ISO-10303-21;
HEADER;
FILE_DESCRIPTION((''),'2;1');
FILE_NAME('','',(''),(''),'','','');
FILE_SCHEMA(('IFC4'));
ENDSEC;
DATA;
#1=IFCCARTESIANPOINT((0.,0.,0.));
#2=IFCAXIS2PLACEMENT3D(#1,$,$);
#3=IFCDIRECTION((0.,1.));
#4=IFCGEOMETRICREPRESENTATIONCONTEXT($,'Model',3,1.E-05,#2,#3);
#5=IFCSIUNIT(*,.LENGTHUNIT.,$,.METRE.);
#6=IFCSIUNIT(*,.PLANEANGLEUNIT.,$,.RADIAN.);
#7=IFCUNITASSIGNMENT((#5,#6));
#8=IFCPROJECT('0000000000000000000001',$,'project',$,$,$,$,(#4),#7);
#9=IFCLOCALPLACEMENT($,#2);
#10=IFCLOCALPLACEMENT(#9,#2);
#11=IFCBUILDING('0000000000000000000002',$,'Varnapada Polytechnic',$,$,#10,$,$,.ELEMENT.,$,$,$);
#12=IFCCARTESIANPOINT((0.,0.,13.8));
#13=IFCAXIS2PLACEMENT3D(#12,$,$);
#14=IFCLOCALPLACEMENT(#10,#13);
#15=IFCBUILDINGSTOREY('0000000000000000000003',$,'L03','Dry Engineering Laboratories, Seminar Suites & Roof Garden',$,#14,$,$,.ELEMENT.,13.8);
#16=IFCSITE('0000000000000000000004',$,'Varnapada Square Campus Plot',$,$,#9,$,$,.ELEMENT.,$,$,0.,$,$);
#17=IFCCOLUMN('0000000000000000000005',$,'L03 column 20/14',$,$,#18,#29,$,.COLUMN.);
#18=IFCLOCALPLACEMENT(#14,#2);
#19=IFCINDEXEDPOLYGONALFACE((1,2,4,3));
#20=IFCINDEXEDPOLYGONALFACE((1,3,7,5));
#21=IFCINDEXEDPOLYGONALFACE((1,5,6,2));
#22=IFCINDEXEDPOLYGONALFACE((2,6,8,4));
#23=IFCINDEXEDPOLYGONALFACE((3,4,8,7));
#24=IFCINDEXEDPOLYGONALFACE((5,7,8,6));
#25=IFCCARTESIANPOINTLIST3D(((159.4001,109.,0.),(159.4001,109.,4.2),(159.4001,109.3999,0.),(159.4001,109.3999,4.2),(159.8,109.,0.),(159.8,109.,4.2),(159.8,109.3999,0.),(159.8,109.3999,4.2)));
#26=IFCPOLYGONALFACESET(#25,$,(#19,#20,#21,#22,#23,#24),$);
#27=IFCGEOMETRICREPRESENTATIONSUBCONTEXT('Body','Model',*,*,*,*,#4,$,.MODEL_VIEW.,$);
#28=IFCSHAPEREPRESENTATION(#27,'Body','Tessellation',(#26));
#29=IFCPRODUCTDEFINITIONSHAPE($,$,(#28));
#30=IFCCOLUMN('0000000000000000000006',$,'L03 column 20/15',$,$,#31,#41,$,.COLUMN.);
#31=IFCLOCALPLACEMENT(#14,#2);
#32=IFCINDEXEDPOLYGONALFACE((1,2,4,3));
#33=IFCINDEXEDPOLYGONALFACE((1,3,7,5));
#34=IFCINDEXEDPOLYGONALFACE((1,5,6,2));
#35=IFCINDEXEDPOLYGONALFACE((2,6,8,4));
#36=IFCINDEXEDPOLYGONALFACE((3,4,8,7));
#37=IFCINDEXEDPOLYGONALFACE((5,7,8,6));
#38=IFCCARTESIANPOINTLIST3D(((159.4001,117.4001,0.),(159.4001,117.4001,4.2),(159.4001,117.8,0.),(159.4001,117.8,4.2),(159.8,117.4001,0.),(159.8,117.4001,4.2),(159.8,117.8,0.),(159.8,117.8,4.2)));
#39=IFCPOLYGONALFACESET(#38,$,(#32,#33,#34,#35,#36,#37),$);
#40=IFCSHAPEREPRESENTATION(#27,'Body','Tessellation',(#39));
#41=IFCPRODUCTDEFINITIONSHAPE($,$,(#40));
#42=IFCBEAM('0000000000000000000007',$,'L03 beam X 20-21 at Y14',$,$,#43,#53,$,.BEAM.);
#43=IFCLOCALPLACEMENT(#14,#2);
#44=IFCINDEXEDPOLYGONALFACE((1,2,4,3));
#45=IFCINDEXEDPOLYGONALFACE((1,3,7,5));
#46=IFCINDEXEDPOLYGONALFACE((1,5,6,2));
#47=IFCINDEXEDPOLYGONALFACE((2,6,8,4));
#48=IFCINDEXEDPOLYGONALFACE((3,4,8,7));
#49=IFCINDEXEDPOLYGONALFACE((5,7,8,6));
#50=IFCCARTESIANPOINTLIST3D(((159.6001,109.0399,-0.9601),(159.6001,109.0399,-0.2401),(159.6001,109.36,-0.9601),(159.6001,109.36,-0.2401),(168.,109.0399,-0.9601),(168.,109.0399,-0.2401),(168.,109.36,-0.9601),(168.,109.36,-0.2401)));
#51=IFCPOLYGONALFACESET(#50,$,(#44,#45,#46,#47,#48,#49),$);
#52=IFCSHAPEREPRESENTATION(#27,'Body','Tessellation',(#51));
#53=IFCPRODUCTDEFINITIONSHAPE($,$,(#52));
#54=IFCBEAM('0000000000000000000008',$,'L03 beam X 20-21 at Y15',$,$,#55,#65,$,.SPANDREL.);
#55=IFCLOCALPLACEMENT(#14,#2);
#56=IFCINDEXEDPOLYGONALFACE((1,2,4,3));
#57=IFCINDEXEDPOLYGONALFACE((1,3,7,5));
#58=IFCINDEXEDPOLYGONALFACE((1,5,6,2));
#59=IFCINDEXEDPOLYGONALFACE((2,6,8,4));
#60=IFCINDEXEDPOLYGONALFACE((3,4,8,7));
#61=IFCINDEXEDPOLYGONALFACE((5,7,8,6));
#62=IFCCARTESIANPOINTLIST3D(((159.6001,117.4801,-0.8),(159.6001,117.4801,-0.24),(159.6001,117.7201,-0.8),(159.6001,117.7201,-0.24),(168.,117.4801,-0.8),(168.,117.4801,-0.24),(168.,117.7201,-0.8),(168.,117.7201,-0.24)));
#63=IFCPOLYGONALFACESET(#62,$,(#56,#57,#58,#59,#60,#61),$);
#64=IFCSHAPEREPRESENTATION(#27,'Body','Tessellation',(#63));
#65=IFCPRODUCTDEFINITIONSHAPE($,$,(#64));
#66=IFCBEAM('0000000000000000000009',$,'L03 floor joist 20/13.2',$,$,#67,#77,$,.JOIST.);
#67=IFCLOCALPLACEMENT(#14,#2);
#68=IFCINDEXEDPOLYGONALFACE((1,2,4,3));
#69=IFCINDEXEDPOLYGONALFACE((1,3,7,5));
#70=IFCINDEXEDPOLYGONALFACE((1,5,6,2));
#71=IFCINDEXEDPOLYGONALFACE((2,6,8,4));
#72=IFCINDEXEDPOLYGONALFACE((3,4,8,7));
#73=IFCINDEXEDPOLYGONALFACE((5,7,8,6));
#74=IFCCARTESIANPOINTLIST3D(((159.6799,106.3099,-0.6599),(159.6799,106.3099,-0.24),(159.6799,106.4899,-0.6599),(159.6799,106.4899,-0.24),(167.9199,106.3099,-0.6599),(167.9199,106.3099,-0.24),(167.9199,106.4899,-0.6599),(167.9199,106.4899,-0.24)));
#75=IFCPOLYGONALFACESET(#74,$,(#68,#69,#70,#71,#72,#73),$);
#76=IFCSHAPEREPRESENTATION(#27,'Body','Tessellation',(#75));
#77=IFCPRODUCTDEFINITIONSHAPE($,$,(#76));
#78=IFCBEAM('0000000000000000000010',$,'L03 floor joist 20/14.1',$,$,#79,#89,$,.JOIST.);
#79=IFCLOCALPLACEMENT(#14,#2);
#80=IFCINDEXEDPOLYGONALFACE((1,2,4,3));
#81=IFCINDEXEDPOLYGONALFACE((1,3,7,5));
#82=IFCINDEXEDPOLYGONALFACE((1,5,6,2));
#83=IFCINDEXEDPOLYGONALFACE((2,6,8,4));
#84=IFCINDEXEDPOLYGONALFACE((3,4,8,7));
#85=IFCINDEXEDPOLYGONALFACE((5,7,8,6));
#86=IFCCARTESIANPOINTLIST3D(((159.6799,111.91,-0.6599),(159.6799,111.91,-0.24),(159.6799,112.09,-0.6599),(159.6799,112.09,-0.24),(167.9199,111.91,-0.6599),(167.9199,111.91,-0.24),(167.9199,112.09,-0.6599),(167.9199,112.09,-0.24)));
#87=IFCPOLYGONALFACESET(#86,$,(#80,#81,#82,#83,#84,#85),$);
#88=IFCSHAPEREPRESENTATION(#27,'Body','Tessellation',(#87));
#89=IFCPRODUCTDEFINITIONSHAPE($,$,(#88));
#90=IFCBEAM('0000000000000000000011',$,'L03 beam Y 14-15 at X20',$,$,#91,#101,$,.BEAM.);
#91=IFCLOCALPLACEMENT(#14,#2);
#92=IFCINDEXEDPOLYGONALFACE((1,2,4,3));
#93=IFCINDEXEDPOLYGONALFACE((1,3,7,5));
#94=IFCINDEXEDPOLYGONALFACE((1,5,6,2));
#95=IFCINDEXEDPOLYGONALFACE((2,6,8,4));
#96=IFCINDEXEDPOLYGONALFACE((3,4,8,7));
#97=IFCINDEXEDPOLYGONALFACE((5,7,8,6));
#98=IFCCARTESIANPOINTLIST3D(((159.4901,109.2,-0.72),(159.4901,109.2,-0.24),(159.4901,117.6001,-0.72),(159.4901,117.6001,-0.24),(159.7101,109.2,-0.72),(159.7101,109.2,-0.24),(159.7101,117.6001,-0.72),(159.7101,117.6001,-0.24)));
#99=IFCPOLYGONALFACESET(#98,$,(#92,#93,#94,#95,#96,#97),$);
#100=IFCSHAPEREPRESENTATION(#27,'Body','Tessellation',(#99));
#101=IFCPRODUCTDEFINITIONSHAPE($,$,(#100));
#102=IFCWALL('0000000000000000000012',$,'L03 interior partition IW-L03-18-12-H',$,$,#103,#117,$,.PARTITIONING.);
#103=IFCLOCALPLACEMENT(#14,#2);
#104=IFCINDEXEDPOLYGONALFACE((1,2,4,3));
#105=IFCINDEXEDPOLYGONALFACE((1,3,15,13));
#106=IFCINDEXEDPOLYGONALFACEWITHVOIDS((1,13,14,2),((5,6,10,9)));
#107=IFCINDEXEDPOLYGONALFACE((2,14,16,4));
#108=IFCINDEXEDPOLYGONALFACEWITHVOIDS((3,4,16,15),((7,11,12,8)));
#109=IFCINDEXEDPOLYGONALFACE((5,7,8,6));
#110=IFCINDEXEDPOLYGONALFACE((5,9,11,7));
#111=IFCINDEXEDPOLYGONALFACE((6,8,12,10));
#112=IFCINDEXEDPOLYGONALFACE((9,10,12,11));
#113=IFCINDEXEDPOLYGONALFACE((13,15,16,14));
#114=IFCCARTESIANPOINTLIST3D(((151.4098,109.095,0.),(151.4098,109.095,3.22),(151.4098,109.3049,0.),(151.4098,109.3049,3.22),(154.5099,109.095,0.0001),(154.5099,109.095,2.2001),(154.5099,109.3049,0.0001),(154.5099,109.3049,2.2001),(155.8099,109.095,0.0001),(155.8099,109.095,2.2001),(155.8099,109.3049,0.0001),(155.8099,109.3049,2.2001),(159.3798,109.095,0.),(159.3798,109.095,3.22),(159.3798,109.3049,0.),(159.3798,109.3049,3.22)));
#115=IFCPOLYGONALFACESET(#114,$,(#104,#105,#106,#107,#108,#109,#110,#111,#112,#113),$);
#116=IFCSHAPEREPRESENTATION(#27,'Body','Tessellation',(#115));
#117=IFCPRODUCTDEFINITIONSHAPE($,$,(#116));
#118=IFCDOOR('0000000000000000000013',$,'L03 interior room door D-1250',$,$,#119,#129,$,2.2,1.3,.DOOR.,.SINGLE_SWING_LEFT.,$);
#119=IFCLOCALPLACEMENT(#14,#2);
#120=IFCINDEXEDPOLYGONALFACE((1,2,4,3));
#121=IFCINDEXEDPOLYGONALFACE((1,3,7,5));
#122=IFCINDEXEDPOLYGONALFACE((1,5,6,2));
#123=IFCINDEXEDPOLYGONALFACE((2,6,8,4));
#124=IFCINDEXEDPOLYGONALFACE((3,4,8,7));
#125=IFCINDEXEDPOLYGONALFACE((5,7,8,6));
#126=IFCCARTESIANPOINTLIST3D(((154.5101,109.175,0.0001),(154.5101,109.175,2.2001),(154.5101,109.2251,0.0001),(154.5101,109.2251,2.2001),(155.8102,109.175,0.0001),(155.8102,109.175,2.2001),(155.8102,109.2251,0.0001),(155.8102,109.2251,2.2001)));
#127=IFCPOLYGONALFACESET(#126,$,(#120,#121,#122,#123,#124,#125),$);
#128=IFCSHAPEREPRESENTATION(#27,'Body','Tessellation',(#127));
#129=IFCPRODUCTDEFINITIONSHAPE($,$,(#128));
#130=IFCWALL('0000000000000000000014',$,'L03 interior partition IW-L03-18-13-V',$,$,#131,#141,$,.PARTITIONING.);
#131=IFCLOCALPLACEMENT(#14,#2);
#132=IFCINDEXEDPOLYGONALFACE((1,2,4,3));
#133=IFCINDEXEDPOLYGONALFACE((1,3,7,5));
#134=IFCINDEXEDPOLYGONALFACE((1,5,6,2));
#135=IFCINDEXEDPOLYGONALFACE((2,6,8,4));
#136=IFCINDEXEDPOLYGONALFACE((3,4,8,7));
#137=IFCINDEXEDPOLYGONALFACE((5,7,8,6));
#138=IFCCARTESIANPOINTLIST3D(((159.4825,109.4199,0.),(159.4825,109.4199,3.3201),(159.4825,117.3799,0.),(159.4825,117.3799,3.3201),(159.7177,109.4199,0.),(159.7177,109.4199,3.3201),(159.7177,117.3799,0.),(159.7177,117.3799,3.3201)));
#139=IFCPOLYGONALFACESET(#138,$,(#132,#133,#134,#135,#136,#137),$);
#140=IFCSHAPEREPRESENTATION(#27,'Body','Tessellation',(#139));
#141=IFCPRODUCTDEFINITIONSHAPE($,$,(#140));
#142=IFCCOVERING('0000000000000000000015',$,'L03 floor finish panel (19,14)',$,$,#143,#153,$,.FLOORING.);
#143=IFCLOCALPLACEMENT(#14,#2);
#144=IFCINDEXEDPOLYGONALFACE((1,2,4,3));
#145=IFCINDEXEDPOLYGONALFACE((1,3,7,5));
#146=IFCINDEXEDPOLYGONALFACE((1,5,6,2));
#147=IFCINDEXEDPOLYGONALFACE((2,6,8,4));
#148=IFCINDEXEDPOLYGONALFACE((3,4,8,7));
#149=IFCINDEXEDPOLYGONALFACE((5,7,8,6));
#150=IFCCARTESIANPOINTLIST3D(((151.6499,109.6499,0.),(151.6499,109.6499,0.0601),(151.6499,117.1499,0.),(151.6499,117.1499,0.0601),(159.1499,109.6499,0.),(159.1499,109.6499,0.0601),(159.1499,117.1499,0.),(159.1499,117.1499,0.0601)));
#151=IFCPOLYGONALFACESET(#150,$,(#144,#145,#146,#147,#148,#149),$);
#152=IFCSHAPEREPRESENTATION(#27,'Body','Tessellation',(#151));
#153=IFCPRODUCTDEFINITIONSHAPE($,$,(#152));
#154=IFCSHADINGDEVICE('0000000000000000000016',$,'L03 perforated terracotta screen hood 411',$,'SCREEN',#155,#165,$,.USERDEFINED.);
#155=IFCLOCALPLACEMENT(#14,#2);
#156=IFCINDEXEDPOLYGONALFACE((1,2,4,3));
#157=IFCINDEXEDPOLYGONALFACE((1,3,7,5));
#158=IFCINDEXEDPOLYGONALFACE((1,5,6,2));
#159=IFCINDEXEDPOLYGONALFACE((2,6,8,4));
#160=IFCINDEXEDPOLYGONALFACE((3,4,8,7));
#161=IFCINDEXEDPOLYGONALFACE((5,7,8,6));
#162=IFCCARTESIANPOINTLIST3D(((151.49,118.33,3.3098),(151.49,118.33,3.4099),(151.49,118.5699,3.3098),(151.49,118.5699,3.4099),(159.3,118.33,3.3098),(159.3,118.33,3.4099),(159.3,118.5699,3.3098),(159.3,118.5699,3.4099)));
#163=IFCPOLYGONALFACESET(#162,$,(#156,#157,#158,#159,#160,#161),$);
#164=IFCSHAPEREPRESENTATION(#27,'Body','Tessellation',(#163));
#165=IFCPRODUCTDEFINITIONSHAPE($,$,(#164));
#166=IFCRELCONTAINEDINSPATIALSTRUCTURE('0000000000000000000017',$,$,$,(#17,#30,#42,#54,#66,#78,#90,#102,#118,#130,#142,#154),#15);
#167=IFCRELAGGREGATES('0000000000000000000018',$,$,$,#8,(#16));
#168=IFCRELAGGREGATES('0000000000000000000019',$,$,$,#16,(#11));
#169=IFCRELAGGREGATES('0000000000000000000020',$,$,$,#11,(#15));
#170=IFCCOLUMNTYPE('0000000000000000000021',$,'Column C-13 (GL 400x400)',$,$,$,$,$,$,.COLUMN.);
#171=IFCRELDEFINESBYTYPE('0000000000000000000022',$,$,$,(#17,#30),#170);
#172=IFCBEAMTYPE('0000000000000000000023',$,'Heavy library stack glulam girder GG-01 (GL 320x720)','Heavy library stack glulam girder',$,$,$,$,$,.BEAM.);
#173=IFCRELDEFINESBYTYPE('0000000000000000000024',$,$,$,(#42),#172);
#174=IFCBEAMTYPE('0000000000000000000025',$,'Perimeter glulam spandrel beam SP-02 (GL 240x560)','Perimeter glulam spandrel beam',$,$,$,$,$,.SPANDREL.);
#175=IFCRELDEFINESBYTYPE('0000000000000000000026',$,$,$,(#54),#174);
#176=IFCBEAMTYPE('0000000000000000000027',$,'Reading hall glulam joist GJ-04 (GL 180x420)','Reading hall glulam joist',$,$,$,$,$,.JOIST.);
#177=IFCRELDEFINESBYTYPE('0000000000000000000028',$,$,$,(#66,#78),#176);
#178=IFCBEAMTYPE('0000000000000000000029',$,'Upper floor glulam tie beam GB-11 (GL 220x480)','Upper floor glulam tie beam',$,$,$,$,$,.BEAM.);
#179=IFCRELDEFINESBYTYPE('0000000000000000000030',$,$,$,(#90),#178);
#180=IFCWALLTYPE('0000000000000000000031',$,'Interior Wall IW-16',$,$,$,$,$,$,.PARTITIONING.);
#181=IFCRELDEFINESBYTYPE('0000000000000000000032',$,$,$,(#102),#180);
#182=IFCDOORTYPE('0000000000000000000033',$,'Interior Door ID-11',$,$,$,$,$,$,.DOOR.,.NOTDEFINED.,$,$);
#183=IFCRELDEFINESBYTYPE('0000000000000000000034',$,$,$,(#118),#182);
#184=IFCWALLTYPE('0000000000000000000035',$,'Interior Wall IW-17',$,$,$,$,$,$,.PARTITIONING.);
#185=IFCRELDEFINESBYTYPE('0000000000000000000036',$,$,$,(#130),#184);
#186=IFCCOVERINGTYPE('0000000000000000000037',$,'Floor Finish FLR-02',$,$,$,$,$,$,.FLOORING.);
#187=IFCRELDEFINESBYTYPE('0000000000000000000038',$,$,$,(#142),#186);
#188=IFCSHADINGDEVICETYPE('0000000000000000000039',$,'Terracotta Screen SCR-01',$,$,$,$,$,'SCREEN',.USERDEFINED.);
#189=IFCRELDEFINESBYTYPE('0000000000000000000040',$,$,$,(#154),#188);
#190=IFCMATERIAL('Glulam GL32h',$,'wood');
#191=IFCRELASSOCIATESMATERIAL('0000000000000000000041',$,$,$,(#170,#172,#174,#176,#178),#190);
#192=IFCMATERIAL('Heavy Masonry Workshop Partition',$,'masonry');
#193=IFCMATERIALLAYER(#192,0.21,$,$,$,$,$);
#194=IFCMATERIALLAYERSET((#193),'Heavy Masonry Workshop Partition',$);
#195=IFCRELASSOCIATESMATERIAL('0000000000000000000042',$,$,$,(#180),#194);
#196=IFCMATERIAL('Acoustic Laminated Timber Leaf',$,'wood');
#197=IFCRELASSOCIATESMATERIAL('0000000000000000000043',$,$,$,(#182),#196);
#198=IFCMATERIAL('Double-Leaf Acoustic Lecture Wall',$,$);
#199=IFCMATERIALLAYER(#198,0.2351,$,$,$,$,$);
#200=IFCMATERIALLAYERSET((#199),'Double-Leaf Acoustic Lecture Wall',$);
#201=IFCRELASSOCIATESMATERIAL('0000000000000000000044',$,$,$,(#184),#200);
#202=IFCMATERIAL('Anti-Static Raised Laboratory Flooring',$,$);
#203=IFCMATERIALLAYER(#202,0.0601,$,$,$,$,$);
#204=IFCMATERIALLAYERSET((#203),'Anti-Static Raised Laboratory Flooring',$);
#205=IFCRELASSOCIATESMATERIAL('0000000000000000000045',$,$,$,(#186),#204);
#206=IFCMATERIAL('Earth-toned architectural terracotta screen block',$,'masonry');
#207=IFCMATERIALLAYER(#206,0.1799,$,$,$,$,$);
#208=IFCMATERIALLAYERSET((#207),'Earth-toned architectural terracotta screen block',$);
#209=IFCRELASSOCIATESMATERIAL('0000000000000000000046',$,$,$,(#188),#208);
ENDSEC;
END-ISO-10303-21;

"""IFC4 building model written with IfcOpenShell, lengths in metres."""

from ifc_helpers import new_model, si_unit, direction, frame, frame_2d, origin, origin_2d, place, context, subcontext, project, spatial, rectangle, extrude, material, layer, layer_set, material_profile, profile_set, type_object, element, fill, save


model = new_model("IFC4")

# Units and contexts
model_context = context("Model", 3, precision=1e-05, world=origin(), true_north=direction((0.0, 1.0)))
body_context = subcontext(model_context, "Body", "Model", "MODEL_VIEW")
ifc_project = project(units=[si_unit("LENGTHUNIT", "METRE"), si_unit("PLANEANGLEUNIT", "RADIAN")], contexts=[model_context])

# Site, building, storey
site_placement = place(None, origin())
site = spatial("IfcSite", under=ifc_project, at=site_placement, Name="Varnapada Square Campus Plot", CompositionType="ELEMENT", RefElevation=0.0)
building_placement = place(site_placement, origin())
building = spatial("IfcBuilding", under=site, at=building_placement, Name="Varnapada Polytechnic", CompositionType="ELEMENT")
storey_placement = place(building_placement, frame((0.0, 0.0, 13.8)))
storey = spatial("IfcBuildingStorey", under=building, at=storey_placement, Name="L03", Description="Dry Engineering Laboratories, Seminar Suites & Roof Garden", CompositionType="ELEMENT", Elevation=13.8)

# Columns
ifc_material_1 = material(Name="Glulam GL32h", Category="wood")
ifc_material_profile_1 = material_profile(ifc_material_1, rectangle(XDim=0.3999, YDim=0.3999, at=origin_2d()), Name="GL 400x400")
ifc_profile_set_1 = profile_set([ifc_material_profile_1], Name="Glulam GL32h")
column_type = type_object("IfcColumnType", Name="Column C-13 (GL 400x400)", PredefinedType="COLUMN", material=ifc_profile_set_1)
for number, where, z_axis, x_axis, name in (
    (1, (159.6001, 109.2, 0.0), (0.0, 0.0, 1.0), (1.0, 0.0, 0.0), "L03 column 20/14"),
    (2, (159.6001, 117.6001, 0.0), (0.0, 0.0, 1.0), (1.0, 0.0, 0.0), "L03 column 20/15"),
):
    element("IfcColumn", number, at=place(storey_placement, frame(where, z_axis=z_axis, x_axis=x_axis)), inside=storey, type_object=column_type, Name=name, PredefinedType="COLUMN", context=body_context, shape_type="SweptSolid", body=[
        extrude(rectangle(XDim=0.3999, YDim=0.3999, at=origin_2d()), origin(), (0.0, 0.0, 1.0), 4.2),
    ])

# Beams
ifc_material_profile_2 = material_profile(ifc_material_1, rectangle(XDim=0.3201, YDim=0.72, at=origin_2d()), Name="GL 320x720")
ifc_profile_set_2 = profile_set([ifc_material_profile_2], Name="Glulam GL32h")
beam_type_1 = type_object("IfcBeamType", Name="Heavy library stack glulam girder GG-01 (GL 320x720)", Description="Heavy library stack glulam girder", PredefinedType="BEAM", material=ifc_profile_set_2)
beam_1_placement = place(storey_placement, frame((159.6001, 109.2, -0.6001), z_axis=(1.0, 0.0, 0.0), x_axis=(0.0, 1.0, 0.0)))
element("IfcBeam", 3, at=beam_1_placement, inside=storey, type_object=beam_type_1, Name="L03 beam X 20-21 at Y14", PredefinedType="BEAM", context=body_context, shape_type="SweptSolid", body=[
    extrude(rectangle(XDim=0.3201, YDim=0.72, at=origin_2d()), origin(), (0.0, 0.0, 1.0), 8.3999),
])
ifc_material_profile_3 = material_profile(ifc_material_1, rectangle(XDim=0.24, YDim=0.5601, at=origin_2d()), Name="GL 240x560")
ifc_profile_set_3 = profile_set([ifc_material_profile_3], Name="Glulam GL32h")
beam_type_2 = type_object("IfcBeamType", Name="Perimeter glulam spandrel beam SP-02 (GL 240x560)", Description="Perimeter glulam spandrel beam", PredefinedType="SPANDREL", material=ifc_profile_set_3)
beam_2_placement = place(storey_placement, frame((159.6001, 117.6001, -0.52), z_axis=(1.0, 0.0, 0.0), x_axis=(0.0, 1.0, 0.0)))
element("IfcBeam", 4, at=beam_2_placement, inside=storey, type_object=beam_type_2, Name="L03 beam X 20-21 at Y15", PredefinedType="SPANDREL", context=body_context, shape_type="SweptSolid", body=[
    extrude(rectangle(XDim=0.24, YDim=0.5601, at=origin_2d()), origin(), (0.0, 0.0, 1.0), 8.3999),
])
ifc_material_profile_4 = material_profile(ifc_material_1, rectangle(XDim=0.1799, YDim=0.4199, at=origin_2d()), Name="GL 180x420")
ifc_profile_set_4 = profile_set([ifc_material_profile_4], Name="Glulam GL32h")
beam_type_3 = type_object("IfcBeamType", Name="Reading hall glulam joist GJ-04 (GL 180x420)", Description="Reading hall glulam joist", PredefinedType="JOIST", material=ifc_profile_set_4)
for number, where, z_axis, x_axis, name in (
    (5, (159.6799, 106.3999, -0.45), (1.0, 0.0, 0.0), (0.0, 1.0, 0.0), "L03 floor joist 20/13.2"),
    (6, (159.6799, 112.0, -0.45), (1.0, 0.0, 0.0), (0.0, 1.0, 0.0), "L03 floor joist 20/14.1"),
):
    element("IfcBeam", number, at=place(storey_placement, frame(where, z_axis=z_axis, x_axis=x_axis)), inside=storey, type_object=beam_type_3, Name=name, PredefinedType="JOIST", context=body_context, shape_type="SweptSolid", body=[
        extrude(rectangle(XDim=0.1799, YDim=0.4199, at=origin_2d()), origin(), (0.0, 0.0, 1.0), 8.24),
    ])
ifc_material_profile_5 = material_profile(ifc_material_1, rectangle(XDim=0.22, YDim=0.48, at=origin_2d()), Name="GL 220x480")
ifc_profile_set_5 = profile_set([ifc_material_profile_5], Name="Glulam GL32h")
beam_type_4 = type_object("IfcBeamType", Name="Upper floor glulam tie beam GB-11 (GL 220x480)", Description="Upper floor glulam tie beam", PredefinedType="BEAM", material=ifc_profile_set_5)
beam_3_placement = place(storey_placement, frame((159.6001, 109.2, -0.48), z_axis=(0.0, 1.0, 0.0), x_axis=(-1.0, 0.0, 0.0)))
element("IfcBeam", 7, at=beam_3_placement, inside=storey, type_object=beam_type_4, Name="L03 beam Y 14-15 at X20", PredefinedType="BEAM", context=body_context, shape_type="SweptSolid", body=[
    extrude(rectangle(XDim=0.22, YDim=0.48, at=origin_2d()), origin(), (0.0, 0.0, 1.0), 8.4001),
])

# Wall, opening, door
ifc_material_2 = material(Name="Heavy Masonry Workshop Partition", Category="masonry")
ifc_layer_1 = layer(ifc_material_2, 0.21)
ifc_layer_set_1 = layer_set([ifc_layer_1], Name="Heavy Masonry Workshop Partition")
wall_type_1 = type_object("IfcWallType", Name="Interior Wall IW-16", PredefinedType="PARTITIONING", material=ifc_layer_set_1)
wall_1_placement = place(storey_placement, frame((151.4099, 109.2, 0.0), z_axis=(0.0, 0.0, 1.0), x_axis=(1.0, 0.0, 0.0)))
wall_1 = element("IfcWall", 8, at=wall_1_placement, inside=storey, type_object=wall_type_1, Name="L03 interior partition IW-L03-18-12-H", PredefinedType="PARTITIONING", context=body_context, shape_type="SweptSolid", body=[
    extrude(rectangle(XDim=7.97, YDim=0.21, at=frame_2d((3.9849, 0.0))), origin(), (0.0, 0.0, 1.0), 3.22),
])
opening_placement = place(wall_1_placement, frame((3.1001, 0.0, 0.0)))
opening = element("IfcOpeningElement", 9, at=opening_placement, cuts=wall_1, PredefinedType="OPENING", context=body_context, shape_type="SweptSolid", body=[
    extrude(rectangle(XDim=1.3, YDim=2.2, at=frame_2d((0.6499, 1.1001))), frame((0.0, 0.115, 0.0), z_axis=(0.0, -1.0, 0.0), x_axis=(1.0, 0.0, 0.0)), (0.0, 0.0, 1.0), 0.23),
])
ifc_material_3 = material(Name="Acoustic Laminated Timber Leaf", Category="wood")
door_type = type_object("IfcDoorType", Name="Interior Door ID-11", OperationType="NOTDEFINED", PredefinedType="DOOR", material=ifc_material_3)
door_placement = place(opening_placement, frame((1.3, 0.0, 0.0), z_axis=(0.0, 0.0, 1.0), x_axis=(-1.0, 0.0, 0.0)))
door = element("IfcDoor", 10, at=door_placement, inside=storey, type_object=door_type, Name="L03 interior room door D-1250", OperationType="SINGLE_SWING_LEFT", OverallHeight=2.2, OverallWidth=1.3, PredefinedType="DOOR", context=body_context, shape_type="SweptSolid", body=[
    extrude(rectangle(XDim=1.3, YDim=2.2, at=frame_2d((0.6499, 1.1001))), frame((0.0, 0.0249, 0.0), z_axis=(0.0, -1.0, 0.0), x_axis=(1.0, 0.0, 0.0)), (0.0, 0.0, 1.0), 0.05),
])
fill(opening, door)

# Wall
ifc_material_4 = material(Name="Double-Leaf Acoustic Lecture Wall")
ifc_layer_2 = layer(ifc_material_4, 0.2351)
ifc_layer_set_2 = layer_set([ifc_layer_2], Name="Double-Leaf Acoustic Lecture Wall")
wall_type_2 = type_object("IfcWallType", Name="Interior Wall IW-17", PredefinedType="PARTITIONING", material=ifc_layer_set_2)
wall_2_placement = place(storey_placement, frame((159.6001, 109.4199, 0.0), z_axis=(0.0, 0.0, 1.0), x_axis=(0.0, 1.0, 0.0)))
element("IfcWall", 11, at=wall_2_placement, inside=storey, type_object=wall_type_2, Name="L03 interior partition IW-L03-18-13-V", PredefinedType="PARTITIONING", context=body_context, shape_type="SweptSolid", body=[
    extrude(rectangle(XDim=7.96, YDim=0.2351, at=frame_2d((3.98, 0.0))), origin(), (0.0, 0.0, 1.0), 3.3201),
])

# Covering
ifc_material_5 = material(Name="Anti-Static Raised Laboratory Flooring")
ifc_layer_3 = layer(ifc_material_5, 0.0601)
ifc_layer_set_3 = layer_set([ifc_layer_3], Name="Anti-Static Raised Laboratory Flooring")
covering_type = type_object("IfcCoveringType", Name="Floor Finish FLR-02", PredefinedType="FLOORING", material=ifc_layer_set_3)
covering_placement = place(storey_placement, frame((155.3999, 113.3999, 0.0), z_axis=(0.0, 0.0, 1.0), x_axis=(1.0, 0.0, 0.0)))
element("IfcCovering", 12, at=covering_placement, inside=storey, type_object=covering_type, Name="L03 floor finish panel (19,14)", PredefinedType="FLOORING", context=body_context, shape_type="SweptSolid", body=[
    extrude(rectangle(XDim=7.5, YDim=7.5, at=origin_2d()), origin(), (0.0, 0.0, 1.0), 0.0601),
])

# Shading device
ifc_material_6 = material(Name="Earth-toned architectural terracotta screen block", Category="masonry")
ifc_layer_4 = layer(ifc_material_6, 0.1799)
ifc_layer_set_4 = layer_set([ifc_layer_4], Name="Earth-toned architectural terracotta screen block")
shading_device_type = type_object("IfcShadingDeviceType", Name="Terracotta Screen SCR-01", ElementType="SCREEN", PredefinedType="USERDEFINED", material=ifc_layer_set_4)
shading_device_placement = place(storey_placement, frame((155.395, 118.45, 3.3098), z_axis=(0.0, 0.0, 1.0), x_axis=(1.0, 0.0, 0.0)))
element("IfcShadingDevice", 13, at=shading_device_placement, inside=storey, type_object=shading_device_type, Name="L03 perforated terracotta screen hood 411", ObjectType="SCREEN", PredefinedType="USERDEFINED", context=body_context, shape_type="SweptSolid", body=[
    extrude(rectangle(XDim=7.8101, YDim=0.24, at=origin_2d()), origin(), (0.0, 0.0, 1.0), 0.1001),
])

save(model, "model.ifc")
